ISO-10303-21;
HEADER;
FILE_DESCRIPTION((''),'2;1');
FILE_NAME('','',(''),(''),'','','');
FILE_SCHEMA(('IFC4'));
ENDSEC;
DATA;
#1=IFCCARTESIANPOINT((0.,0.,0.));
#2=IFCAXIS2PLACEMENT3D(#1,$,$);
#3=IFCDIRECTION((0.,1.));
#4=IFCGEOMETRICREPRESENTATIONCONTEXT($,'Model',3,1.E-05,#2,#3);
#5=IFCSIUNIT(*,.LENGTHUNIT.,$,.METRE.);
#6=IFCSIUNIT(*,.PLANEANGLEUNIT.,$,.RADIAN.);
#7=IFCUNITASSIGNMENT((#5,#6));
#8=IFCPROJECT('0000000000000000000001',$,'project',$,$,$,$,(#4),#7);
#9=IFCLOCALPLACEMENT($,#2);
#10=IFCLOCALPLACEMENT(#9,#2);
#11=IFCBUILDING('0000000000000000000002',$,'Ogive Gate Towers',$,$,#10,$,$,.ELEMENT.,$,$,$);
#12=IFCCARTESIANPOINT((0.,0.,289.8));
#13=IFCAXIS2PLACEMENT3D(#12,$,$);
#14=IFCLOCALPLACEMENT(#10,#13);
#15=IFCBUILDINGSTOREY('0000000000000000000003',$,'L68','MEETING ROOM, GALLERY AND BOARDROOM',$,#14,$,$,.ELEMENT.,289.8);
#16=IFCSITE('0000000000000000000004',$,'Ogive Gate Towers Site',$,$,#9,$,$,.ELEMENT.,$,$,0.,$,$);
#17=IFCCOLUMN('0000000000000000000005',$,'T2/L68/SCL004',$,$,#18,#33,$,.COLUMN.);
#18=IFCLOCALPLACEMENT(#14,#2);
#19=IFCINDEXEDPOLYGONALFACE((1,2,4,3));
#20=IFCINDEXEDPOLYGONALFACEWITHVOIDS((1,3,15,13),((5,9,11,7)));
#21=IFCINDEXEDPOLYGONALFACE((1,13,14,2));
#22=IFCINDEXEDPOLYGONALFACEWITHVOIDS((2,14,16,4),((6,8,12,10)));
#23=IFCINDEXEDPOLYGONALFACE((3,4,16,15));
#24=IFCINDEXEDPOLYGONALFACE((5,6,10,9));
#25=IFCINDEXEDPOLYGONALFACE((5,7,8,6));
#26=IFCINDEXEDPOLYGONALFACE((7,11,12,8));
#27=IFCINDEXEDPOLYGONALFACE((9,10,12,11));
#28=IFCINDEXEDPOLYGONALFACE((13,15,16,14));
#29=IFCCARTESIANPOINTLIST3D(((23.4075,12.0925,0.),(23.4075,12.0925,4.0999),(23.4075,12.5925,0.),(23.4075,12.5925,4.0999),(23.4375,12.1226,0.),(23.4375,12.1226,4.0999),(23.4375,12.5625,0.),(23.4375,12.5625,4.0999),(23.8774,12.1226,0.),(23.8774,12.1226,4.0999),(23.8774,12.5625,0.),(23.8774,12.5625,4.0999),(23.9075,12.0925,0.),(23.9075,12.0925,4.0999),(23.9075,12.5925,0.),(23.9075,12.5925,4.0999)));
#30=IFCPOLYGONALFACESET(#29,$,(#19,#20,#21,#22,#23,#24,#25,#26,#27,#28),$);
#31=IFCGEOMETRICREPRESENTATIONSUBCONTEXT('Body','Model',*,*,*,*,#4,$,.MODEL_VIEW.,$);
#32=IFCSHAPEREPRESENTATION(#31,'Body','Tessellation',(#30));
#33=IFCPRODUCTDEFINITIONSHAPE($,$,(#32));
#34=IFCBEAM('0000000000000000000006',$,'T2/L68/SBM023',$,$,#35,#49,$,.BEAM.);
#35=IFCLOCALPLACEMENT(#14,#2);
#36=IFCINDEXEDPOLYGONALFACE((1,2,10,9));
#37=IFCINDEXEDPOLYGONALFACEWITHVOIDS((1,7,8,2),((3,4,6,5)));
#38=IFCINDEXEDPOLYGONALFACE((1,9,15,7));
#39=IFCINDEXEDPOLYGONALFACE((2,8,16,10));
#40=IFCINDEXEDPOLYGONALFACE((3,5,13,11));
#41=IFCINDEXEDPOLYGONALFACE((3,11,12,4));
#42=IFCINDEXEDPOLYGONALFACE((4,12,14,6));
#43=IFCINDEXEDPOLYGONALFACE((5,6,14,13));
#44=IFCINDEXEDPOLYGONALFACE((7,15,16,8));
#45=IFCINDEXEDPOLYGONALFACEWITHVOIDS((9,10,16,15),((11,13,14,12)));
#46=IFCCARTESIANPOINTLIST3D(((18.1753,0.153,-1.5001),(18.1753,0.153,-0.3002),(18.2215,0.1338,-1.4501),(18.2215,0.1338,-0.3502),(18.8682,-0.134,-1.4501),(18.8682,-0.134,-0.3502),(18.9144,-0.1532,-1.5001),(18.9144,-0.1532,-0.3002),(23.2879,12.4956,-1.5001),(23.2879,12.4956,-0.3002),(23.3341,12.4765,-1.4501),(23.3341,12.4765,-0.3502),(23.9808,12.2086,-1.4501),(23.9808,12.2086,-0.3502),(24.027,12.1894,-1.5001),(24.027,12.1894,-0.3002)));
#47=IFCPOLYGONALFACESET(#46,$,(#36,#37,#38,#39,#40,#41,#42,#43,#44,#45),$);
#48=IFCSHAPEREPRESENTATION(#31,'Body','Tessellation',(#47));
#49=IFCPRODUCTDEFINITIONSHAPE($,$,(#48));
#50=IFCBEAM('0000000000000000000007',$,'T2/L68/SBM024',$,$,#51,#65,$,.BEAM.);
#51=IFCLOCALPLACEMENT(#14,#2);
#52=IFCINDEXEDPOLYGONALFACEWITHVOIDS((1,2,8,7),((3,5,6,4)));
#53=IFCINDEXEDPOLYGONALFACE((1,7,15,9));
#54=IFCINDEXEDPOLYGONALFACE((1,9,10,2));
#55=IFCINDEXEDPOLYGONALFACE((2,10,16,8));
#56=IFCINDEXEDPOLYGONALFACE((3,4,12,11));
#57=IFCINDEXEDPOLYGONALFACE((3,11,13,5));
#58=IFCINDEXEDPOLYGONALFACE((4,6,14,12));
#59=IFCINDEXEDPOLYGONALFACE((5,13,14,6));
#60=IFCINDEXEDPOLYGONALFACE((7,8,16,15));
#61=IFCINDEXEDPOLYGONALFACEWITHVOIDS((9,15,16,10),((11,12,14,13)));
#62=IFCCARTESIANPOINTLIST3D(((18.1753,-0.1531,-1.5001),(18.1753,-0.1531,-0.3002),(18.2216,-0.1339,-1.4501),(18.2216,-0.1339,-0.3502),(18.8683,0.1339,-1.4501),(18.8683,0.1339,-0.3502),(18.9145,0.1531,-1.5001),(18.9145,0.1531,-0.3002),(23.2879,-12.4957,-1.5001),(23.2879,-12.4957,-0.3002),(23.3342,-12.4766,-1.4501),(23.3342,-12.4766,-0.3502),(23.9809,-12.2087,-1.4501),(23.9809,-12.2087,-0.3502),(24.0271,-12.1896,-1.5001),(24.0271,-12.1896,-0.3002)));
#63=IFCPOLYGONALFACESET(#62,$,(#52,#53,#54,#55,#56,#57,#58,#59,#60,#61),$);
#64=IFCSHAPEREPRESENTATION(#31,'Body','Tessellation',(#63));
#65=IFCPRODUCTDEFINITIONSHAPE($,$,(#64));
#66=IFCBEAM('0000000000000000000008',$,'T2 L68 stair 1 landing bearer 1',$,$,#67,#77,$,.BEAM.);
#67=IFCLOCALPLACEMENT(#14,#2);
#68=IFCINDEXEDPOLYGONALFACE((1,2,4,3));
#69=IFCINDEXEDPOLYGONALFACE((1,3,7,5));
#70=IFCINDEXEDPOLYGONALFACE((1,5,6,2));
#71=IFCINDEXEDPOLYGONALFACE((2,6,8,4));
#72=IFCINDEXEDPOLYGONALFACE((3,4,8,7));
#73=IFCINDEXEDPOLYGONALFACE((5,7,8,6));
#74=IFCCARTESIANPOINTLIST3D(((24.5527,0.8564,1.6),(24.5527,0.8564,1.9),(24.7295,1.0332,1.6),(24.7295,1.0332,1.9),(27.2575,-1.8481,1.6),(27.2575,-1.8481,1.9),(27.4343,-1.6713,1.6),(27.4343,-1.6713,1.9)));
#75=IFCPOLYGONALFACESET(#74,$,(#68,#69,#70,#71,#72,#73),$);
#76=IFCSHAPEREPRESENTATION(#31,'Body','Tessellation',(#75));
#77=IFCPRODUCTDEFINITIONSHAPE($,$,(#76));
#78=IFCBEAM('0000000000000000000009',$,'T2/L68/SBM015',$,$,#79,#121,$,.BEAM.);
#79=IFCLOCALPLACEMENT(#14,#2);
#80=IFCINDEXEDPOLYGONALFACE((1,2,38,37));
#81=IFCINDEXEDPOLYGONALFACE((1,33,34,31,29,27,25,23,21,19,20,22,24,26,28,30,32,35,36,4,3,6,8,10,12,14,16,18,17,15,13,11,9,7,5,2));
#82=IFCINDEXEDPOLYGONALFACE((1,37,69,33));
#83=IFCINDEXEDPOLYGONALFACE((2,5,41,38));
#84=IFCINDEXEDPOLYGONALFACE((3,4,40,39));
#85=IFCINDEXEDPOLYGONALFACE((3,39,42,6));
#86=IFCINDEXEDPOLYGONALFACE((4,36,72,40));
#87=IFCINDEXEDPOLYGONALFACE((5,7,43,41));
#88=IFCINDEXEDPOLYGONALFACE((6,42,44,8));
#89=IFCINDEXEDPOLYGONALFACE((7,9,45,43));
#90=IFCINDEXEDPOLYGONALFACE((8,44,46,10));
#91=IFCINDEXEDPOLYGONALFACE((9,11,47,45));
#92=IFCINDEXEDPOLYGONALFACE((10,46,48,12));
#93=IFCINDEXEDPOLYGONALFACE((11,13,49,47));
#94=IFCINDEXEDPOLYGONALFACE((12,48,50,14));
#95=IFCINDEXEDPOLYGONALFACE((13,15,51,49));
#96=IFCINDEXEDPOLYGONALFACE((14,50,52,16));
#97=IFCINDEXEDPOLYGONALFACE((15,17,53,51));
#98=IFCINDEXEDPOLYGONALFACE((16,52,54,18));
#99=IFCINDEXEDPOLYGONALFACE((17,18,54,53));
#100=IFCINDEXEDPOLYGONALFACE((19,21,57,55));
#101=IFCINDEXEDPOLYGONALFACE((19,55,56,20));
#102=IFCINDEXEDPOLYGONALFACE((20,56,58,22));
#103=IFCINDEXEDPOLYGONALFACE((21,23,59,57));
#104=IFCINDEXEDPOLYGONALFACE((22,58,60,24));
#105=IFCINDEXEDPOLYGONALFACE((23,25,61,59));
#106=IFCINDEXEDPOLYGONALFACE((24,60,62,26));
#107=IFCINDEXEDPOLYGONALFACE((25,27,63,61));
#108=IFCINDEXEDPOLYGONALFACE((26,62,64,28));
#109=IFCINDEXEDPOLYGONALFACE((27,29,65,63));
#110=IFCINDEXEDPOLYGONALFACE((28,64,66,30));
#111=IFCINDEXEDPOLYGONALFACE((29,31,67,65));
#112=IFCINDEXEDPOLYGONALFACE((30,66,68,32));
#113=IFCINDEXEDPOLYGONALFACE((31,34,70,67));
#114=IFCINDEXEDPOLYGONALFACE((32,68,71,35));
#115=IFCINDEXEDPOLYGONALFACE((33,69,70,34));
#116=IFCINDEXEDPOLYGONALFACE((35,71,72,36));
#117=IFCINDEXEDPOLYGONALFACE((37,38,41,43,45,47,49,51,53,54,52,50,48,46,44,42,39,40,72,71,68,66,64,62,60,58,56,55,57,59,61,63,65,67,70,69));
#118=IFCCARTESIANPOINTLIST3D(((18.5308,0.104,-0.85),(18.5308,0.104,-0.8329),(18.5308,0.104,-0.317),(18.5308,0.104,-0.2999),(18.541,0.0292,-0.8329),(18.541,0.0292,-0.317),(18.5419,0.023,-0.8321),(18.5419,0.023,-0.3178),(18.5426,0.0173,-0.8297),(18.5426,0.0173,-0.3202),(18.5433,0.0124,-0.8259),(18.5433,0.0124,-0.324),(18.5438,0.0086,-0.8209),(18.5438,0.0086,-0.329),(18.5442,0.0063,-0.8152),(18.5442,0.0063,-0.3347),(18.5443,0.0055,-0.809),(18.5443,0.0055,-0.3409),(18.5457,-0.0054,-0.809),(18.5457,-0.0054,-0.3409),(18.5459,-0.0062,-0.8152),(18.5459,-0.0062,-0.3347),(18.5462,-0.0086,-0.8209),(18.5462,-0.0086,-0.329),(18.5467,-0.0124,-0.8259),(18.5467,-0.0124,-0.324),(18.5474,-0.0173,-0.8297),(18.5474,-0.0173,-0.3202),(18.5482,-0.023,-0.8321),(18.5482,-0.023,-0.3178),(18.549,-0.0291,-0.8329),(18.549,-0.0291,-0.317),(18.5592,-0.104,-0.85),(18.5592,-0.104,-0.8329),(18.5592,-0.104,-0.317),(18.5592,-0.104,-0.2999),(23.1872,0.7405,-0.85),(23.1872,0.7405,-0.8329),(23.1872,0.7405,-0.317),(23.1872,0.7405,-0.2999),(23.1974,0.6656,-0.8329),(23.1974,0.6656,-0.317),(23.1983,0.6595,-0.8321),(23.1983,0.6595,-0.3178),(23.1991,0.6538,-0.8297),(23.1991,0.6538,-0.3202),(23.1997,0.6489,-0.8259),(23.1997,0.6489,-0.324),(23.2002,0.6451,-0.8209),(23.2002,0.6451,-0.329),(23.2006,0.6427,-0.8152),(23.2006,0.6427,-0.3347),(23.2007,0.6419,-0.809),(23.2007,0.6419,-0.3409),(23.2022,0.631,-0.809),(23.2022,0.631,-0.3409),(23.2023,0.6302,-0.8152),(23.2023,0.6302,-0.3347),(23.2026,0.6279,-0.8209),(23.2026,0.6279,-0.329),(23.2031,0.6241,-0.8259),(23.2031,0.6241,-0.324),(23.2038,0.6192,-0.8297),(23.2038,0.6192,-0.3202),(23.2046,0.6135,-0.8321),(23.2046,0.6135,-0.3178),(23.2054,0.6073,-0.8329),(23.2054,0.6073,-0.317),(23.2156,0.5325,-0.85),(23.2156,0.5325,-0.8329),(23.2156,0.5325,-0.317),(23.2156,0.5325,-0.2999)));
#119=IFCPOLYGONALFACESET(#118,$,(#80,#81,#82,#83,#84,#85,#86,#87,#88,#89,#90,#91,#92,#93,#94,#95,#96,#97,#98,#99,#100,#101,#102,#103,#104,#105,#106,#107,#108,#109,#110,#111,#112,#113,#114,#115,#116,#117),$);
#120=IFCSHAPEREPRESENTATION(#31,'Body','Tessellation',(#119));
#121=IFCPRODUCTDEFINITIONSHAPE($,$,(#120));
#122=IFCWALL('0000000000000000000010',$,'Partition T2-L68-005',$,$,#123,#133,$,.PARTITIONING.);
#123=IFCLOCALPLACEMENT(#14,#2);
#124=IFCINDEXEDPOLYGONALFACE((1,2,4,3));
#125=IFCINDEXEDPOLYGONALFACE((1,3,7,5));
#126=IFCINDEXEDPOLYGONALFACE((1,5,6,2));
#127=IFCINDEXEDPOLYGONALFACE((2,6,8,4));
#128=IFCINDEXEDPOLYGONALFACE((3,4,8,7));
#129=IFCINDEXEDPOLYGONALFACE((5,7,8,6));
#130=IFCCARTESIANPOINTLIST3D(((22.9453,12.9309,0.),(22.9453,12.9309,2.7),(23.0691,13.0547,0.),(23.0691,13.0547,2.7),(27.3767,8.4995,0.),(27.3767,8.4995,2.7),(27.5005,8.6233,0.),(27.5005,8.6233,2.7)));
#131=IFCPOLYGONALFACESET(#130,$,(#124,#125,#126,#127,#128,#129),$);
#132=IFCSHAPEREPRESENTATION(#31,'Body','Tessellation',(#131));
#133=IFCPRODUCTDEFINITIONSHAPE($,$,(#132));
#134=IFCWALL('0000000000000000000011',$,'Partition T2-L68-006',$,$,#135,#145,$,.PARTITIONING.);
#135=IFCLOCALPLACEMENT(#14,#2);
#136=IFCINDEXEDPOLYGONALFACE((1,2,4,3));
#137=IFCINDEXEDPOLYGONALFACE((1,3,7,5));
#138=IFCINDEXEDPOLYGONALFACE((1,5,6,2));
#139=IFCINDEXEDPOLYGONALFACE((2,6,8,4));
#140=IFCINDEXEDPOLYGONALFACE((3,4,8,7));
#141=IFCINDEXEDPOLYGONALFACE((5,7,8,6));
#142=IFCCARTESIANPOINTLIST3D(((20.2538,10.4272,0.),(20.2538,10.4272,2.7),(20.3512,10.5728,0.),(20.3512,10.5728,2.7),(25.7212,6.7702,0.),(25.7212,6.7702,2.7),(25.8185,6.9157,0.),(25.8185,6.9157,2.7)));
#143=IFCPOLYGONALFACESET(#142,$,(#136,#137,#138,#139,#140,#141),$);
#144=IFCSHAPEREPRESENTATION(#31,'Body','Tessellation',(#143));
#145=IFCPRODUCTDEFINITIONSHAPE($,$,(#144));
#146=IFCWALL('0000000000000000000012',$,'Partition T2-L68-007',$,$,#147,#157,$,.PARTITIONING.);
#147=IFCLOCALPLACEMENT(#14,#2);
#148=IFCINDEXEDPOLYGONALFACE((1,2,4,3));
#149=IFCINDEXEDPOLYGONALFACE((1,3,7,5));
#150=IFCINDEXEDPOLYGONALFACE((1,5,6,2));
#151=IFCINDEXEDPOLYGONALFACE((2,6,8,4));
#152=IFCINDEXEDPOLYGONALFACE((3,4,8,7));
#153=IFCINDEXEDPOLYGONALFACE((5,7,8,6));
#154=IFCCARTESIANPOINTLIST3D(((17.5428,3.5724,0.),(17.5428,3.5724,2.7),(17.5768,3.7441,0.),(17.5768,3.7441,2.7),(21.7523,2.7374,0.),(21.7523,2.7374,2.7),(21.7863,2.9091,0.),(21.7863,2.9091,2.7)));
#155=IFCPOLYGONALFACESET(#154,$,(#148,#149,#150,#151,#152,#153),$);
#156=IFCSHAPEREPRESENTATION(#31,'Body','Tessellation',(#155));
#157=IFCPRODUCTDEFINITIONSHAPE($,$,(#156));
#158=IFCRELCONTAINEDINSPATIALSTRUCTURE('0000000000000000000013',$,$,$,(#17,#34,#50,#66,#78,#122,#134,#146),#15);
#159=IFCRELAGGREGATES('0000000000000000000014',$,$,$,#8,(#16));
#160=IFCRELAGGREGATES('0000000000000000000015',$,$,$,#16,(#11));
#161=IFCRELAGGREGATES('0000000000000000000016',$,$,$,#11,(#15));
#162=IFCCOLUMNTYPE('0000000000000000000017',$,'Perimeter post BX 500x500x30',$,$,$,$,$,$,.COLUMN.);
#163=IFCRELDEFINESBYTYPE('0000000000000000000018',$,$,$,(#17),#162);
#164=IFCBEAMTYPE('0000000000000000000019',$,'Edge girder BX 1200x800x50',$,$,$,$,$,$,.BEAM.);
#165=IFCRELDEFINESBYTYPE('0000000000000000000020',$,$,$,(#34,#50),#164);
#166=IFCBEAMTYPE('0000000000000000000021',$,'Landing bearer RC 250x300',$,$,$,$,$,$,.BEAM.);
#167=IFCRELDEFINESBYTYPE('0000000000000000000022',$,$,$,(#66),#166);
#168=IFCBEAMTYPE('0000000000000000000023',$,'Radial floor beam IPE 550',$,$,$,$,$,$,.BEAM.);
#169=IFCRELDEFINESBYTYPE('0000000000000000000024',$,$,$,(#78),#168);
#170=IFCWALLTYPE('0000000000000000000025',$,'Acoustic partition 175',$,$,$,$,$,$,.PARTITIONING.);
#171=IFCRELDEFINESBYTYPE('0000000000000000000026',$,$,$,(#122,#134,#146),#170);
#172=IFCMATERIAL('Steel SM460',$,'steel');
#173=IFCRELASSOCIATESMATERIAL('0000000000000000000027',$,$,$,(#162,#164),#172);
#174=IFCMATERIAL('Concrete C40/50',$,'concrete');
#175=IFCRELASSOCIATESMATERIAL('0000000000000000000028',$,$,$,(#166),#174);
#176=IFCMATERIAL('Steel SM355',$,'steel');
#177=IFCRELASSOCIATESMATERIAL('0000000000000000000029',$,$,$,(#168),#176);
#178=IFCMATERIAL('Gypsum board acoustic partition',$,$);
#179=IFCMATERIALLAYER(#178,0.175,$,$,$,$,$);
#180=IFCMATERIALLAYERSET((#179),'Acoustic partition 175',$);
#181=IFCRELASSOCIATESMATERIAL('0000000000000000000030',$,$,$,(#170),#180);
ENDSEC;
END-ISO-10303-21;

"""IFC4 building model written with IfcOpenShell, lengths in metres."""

from ifc_helpers import new_model, si_unit, direction, frame, frame_2d, origin, origin_2d, place, context, subcontext, project, spatial, rectangle, hollow_rectangle, i_section, extrude, material, layer, layer_set, material_profile, profile_set, type_object, element, save


model = new_model("IFC4")

# Units and contexts
model_context = context("Model", 3, precision=1e-05, world=origin(), true_north=direction((0.0, 1.0)))
body_context = subcontext(model_context, "Body", "Model", "MODEL_VIEW")
ifc_project = project(units=[si_unit("LENGTHUNIT", "METRE"), si_unit("PLANEANGLEUNIT", "RADIAN")], contexts=[model_context])

# Site, building, storey
site_placement = place(None, origin())
site = spatial("IfcSite", under=ifc_project, at=site_placement, Name="Ogive Gate Towers Site", CompositionType="ELEMENT", RefElevation=0.0)
building_placement = place(site_placement, origin())
building = spatial("IfcBuilding", under=site, at=building_placement, Name="Ogive Gate Towers", CompositionType="ELEMENT")
storey_placement = place(building_placement, frame((0.0, 0.0, 289.8)))
storey = spatial("IfcBuildingStorey", under=building, at=storey_placement, Name="L68", Description="MEETING ROOM, GALLERY AND BOARDROOM", CompositionType="ELEMENT", Elevation=289.8)

# Column
ifc_material_1 = material(Name="Steel SM460", Category="steel")
ifc_material_profile_1 = material_profile(ifc_material_1, hollow_rectangle(XDim=0.5, YDim=0.5, WallThickness=0.03, at=origin_2d()), Name="BX 500x500x30")
ifc_profile_set_1 = profile_set([ifc_material_profile_1], Name="Steel SM460")
column_type = type_object("IfcColumnType", Name="Perimeter post BX 500x500x30", PredefinedType="COLUMN", material=ifc_profile_set_1)
column_placement = place(storey_placement, frame((23.6575, 12.3425, 0.0), z_axis=(0.0, 0.0, 1.0), x_axis=(1.0, 0.0, 0.0)))
element("IfcColumn", 1, at=column_placement, inside=storey, type_object=column_type, Name="T2/L68/SCL004", PredefinedType="COLUMN", context=body_context, shape_type="SweptSolid", body=[
    extrude(hollow_rectangle(XDim=0.5, YDim=0.5, WallThickness=0.03, at=origin_2d()), origin(), (0.0, 0.0, 1.0), 4.0999),
])

# Beams
ifc_material_profile_2 = material_profile(ifc_material_1, hollow_rectangle(XDim=0.8, YDim=1.2, WallThickness=0.05, at=origin_2d()), Name="BX 1200x800x50")
ifc_profile_set_2 = profile_set([ifc_material_profile_2], Name="Steel SM460")
beam_type_1 = type_object("IfcBeamType", Name="Edge girder BX 1200x800x50", PredefinedType="BEAM", material=ifc_profile_set_2)
for number, where, z_axis, x_axis, name in (
    (2, (23.6575, 12.3425, -0.9001), (-0.38269, -0.923877, 0.0), (0.923877, -0.38269, 0.0), "T2/L68/SBM023"),
    (3, (18.5449, 0.0, -0.9001), (0.38269, -0.923877, 0.0), (0.923877, 0.38269, 0.0), "T2/L68/SBM024"),
):
    element("IfcBeam", number, at=place(storey_placement, frame(where, z_axis=z_axis, x_axis=x_axis)), inside=storey, type_object=beam_type_1, Name=name, PredefinedType="BEAM", context=body_context, shape_type="SweptSolid", body=[
        extrude(hollow_rectangle(XDim=0.8, YDim=1.2, WallThickness=0.05, at=origin_2d()), origin(), (0.0, 0.0, 1.0), 13.3596),
    ])
ifc_material_2 = material(Name="Concrete C40/50", Category="concrete")
ifc_material_profile_3 = material_profile(ifc_material_2, rectangle(XDim=0.25, YDim=0.3, at=origin_2d()), Name="RC 250x300")
ifc_profile_set_3 = profile_set([ifc_material_profile_3], Name="Concrete C40/50")
beam_type_2 = type_object("IfcBeamType", Name="Landing bearer RC 250x300", PredefinedType="BEAM", material=ifc_profile_set_3)
beam_1_placement = place(storey_placement, frame((24.6411, 0.9448, 1.75), z_axis=(0.707139, -0.707075, 0.0), x_axis=(0.707075, 0.707139, 0.0)))
element("IfcBeam", 4, at=beam_1_placement, inside=storey, type_object=beam_type_2, Name="T2 L68 stair 1 landing bearer 1", PredefinedType="BEAM", context=body_context, shape_type="SweptSolid", body=[
    extrude(rectangle(XDim=0.25, YDim=0.3, at=origin_2d()), origin(), (0.0, 0.0, 1.0), 3.825),
])
ifc_material_3 = material(Name="Steel SM355", Category="steel")
ifc_material_profile_4 = material_profile(ifc_material_3, i_section(OverallWidth=0.21, OverallDepth=0.55, WebThickness=0.011, FlangeThickness=0.0171, FilletRadius=0.0239, at=origin_2d()), Name="IPE 550")
ifc_profile_set_4 = profile_set([ifc_material_profile_4], Name="Steel SM355")
beam_type_3 = type_object("IfcBeamType", Name="Radial floor beam IPE 550", PredefinedType="BEAM", material=ifc_profile_set_4)
beam_2_placement = place(storey_placement, frame((23.2014, 0.6365, -0.575), z_axis=(-0.990787, -0.135426, 0.0), x_axis=(0.135426, -0.990787, 0.0)))
element("IfcBeam", 5, at=beam_2_placement, inside=storey, type_object=beam_type_3, Name="T2/L68/SBM015", PredefinedType="BEAM", context=body_context, shape_type="SweptSolid", body=[
    extrude(i_section(OverallWidth=0.21, OverallDepth=0.55, WebThickness=0.011, FlangeThickness=0.0171, FilletRadius=0.0239, at=origin_2d()), origin(), (0.0, 0.0, 1.0), 4.6997),
])

# Walls
ifc_material_4 = material(Name="Gypsum board acoustic partition")
ifc_layer_1 = layer(ifc_material_4, 0.175)
ifc_layer_set_1 = layer_set([ifc_layer_1], Name="Acoustic partition 175")
wall_type_1 = type_object("IfcWallType", Name="Acoustic partition 175", PredefinedType="PARTITIONING", material=ifc_layer_set_1)
wall_1_placement = place(storey_placement, frame((23.0073, 12.9927, 0.0), z_axis=(0.0, 0.0, 1.0), x_axis=(0.707107, -0.707107, 0.0)))
element("IfcWall", 6, at=wall_1_placement, inside=storey, type_object=wall_type_1, Name="Partition T2-L68-005", PredefinedType="PARTITIONING", context=body_context, shape_type="SweptSolid", body=[
    extrude(rectangle(XDim=6.2668, YDim=0.175, at=frame_2d((3.1333, 0.0))), origin(), (0.0, 0.0, 1.0), 2.7),
])
wall_2_placement = place(storey_placement, frame((20.3025, 10.5, 0.0), z_axis=(0.0, 0.0, 1.0), x_axis=(0.831198, -0.555976, 0.0)))
element("IfcWall", 7, at=wall_2_placement, inside=storey, type_object=wall_type_1, Name="Partition T2-L68-006", PredefinedType="PARTITIONING", context=body_context, shape_type="SweptSolid", body=[
    extrude(rectangle(XDim=6.5776, YDim=0.175, at=frame_2d((3.2888, 0.0))), origin(), (0.0, 0.0, 1.0), 2.7),
])
wall_3_placement = place(storey_placement, frame((17.5598, 3.6582, 0.0), z_axis=(0.0, 0.0, 1.0), x_axis=(0.98089, -0.194562, 0.0)))
element("IfcWall", 8, at=wall_3_placement, inside=storey, type_object=wall_type_1, Name="Partition T2-L68-007", PredefinedType="PARTITIONING", context=body_context, shape_type="SweptSolid", body=[
    extrude(rectangle(XDim=4.2915, YDim=0.175, at=frame_2d((2.1458, 0.0))), origin(), (0.0, 0.0, 1.0), 2.7),
])

save(model, "model.ifc")
